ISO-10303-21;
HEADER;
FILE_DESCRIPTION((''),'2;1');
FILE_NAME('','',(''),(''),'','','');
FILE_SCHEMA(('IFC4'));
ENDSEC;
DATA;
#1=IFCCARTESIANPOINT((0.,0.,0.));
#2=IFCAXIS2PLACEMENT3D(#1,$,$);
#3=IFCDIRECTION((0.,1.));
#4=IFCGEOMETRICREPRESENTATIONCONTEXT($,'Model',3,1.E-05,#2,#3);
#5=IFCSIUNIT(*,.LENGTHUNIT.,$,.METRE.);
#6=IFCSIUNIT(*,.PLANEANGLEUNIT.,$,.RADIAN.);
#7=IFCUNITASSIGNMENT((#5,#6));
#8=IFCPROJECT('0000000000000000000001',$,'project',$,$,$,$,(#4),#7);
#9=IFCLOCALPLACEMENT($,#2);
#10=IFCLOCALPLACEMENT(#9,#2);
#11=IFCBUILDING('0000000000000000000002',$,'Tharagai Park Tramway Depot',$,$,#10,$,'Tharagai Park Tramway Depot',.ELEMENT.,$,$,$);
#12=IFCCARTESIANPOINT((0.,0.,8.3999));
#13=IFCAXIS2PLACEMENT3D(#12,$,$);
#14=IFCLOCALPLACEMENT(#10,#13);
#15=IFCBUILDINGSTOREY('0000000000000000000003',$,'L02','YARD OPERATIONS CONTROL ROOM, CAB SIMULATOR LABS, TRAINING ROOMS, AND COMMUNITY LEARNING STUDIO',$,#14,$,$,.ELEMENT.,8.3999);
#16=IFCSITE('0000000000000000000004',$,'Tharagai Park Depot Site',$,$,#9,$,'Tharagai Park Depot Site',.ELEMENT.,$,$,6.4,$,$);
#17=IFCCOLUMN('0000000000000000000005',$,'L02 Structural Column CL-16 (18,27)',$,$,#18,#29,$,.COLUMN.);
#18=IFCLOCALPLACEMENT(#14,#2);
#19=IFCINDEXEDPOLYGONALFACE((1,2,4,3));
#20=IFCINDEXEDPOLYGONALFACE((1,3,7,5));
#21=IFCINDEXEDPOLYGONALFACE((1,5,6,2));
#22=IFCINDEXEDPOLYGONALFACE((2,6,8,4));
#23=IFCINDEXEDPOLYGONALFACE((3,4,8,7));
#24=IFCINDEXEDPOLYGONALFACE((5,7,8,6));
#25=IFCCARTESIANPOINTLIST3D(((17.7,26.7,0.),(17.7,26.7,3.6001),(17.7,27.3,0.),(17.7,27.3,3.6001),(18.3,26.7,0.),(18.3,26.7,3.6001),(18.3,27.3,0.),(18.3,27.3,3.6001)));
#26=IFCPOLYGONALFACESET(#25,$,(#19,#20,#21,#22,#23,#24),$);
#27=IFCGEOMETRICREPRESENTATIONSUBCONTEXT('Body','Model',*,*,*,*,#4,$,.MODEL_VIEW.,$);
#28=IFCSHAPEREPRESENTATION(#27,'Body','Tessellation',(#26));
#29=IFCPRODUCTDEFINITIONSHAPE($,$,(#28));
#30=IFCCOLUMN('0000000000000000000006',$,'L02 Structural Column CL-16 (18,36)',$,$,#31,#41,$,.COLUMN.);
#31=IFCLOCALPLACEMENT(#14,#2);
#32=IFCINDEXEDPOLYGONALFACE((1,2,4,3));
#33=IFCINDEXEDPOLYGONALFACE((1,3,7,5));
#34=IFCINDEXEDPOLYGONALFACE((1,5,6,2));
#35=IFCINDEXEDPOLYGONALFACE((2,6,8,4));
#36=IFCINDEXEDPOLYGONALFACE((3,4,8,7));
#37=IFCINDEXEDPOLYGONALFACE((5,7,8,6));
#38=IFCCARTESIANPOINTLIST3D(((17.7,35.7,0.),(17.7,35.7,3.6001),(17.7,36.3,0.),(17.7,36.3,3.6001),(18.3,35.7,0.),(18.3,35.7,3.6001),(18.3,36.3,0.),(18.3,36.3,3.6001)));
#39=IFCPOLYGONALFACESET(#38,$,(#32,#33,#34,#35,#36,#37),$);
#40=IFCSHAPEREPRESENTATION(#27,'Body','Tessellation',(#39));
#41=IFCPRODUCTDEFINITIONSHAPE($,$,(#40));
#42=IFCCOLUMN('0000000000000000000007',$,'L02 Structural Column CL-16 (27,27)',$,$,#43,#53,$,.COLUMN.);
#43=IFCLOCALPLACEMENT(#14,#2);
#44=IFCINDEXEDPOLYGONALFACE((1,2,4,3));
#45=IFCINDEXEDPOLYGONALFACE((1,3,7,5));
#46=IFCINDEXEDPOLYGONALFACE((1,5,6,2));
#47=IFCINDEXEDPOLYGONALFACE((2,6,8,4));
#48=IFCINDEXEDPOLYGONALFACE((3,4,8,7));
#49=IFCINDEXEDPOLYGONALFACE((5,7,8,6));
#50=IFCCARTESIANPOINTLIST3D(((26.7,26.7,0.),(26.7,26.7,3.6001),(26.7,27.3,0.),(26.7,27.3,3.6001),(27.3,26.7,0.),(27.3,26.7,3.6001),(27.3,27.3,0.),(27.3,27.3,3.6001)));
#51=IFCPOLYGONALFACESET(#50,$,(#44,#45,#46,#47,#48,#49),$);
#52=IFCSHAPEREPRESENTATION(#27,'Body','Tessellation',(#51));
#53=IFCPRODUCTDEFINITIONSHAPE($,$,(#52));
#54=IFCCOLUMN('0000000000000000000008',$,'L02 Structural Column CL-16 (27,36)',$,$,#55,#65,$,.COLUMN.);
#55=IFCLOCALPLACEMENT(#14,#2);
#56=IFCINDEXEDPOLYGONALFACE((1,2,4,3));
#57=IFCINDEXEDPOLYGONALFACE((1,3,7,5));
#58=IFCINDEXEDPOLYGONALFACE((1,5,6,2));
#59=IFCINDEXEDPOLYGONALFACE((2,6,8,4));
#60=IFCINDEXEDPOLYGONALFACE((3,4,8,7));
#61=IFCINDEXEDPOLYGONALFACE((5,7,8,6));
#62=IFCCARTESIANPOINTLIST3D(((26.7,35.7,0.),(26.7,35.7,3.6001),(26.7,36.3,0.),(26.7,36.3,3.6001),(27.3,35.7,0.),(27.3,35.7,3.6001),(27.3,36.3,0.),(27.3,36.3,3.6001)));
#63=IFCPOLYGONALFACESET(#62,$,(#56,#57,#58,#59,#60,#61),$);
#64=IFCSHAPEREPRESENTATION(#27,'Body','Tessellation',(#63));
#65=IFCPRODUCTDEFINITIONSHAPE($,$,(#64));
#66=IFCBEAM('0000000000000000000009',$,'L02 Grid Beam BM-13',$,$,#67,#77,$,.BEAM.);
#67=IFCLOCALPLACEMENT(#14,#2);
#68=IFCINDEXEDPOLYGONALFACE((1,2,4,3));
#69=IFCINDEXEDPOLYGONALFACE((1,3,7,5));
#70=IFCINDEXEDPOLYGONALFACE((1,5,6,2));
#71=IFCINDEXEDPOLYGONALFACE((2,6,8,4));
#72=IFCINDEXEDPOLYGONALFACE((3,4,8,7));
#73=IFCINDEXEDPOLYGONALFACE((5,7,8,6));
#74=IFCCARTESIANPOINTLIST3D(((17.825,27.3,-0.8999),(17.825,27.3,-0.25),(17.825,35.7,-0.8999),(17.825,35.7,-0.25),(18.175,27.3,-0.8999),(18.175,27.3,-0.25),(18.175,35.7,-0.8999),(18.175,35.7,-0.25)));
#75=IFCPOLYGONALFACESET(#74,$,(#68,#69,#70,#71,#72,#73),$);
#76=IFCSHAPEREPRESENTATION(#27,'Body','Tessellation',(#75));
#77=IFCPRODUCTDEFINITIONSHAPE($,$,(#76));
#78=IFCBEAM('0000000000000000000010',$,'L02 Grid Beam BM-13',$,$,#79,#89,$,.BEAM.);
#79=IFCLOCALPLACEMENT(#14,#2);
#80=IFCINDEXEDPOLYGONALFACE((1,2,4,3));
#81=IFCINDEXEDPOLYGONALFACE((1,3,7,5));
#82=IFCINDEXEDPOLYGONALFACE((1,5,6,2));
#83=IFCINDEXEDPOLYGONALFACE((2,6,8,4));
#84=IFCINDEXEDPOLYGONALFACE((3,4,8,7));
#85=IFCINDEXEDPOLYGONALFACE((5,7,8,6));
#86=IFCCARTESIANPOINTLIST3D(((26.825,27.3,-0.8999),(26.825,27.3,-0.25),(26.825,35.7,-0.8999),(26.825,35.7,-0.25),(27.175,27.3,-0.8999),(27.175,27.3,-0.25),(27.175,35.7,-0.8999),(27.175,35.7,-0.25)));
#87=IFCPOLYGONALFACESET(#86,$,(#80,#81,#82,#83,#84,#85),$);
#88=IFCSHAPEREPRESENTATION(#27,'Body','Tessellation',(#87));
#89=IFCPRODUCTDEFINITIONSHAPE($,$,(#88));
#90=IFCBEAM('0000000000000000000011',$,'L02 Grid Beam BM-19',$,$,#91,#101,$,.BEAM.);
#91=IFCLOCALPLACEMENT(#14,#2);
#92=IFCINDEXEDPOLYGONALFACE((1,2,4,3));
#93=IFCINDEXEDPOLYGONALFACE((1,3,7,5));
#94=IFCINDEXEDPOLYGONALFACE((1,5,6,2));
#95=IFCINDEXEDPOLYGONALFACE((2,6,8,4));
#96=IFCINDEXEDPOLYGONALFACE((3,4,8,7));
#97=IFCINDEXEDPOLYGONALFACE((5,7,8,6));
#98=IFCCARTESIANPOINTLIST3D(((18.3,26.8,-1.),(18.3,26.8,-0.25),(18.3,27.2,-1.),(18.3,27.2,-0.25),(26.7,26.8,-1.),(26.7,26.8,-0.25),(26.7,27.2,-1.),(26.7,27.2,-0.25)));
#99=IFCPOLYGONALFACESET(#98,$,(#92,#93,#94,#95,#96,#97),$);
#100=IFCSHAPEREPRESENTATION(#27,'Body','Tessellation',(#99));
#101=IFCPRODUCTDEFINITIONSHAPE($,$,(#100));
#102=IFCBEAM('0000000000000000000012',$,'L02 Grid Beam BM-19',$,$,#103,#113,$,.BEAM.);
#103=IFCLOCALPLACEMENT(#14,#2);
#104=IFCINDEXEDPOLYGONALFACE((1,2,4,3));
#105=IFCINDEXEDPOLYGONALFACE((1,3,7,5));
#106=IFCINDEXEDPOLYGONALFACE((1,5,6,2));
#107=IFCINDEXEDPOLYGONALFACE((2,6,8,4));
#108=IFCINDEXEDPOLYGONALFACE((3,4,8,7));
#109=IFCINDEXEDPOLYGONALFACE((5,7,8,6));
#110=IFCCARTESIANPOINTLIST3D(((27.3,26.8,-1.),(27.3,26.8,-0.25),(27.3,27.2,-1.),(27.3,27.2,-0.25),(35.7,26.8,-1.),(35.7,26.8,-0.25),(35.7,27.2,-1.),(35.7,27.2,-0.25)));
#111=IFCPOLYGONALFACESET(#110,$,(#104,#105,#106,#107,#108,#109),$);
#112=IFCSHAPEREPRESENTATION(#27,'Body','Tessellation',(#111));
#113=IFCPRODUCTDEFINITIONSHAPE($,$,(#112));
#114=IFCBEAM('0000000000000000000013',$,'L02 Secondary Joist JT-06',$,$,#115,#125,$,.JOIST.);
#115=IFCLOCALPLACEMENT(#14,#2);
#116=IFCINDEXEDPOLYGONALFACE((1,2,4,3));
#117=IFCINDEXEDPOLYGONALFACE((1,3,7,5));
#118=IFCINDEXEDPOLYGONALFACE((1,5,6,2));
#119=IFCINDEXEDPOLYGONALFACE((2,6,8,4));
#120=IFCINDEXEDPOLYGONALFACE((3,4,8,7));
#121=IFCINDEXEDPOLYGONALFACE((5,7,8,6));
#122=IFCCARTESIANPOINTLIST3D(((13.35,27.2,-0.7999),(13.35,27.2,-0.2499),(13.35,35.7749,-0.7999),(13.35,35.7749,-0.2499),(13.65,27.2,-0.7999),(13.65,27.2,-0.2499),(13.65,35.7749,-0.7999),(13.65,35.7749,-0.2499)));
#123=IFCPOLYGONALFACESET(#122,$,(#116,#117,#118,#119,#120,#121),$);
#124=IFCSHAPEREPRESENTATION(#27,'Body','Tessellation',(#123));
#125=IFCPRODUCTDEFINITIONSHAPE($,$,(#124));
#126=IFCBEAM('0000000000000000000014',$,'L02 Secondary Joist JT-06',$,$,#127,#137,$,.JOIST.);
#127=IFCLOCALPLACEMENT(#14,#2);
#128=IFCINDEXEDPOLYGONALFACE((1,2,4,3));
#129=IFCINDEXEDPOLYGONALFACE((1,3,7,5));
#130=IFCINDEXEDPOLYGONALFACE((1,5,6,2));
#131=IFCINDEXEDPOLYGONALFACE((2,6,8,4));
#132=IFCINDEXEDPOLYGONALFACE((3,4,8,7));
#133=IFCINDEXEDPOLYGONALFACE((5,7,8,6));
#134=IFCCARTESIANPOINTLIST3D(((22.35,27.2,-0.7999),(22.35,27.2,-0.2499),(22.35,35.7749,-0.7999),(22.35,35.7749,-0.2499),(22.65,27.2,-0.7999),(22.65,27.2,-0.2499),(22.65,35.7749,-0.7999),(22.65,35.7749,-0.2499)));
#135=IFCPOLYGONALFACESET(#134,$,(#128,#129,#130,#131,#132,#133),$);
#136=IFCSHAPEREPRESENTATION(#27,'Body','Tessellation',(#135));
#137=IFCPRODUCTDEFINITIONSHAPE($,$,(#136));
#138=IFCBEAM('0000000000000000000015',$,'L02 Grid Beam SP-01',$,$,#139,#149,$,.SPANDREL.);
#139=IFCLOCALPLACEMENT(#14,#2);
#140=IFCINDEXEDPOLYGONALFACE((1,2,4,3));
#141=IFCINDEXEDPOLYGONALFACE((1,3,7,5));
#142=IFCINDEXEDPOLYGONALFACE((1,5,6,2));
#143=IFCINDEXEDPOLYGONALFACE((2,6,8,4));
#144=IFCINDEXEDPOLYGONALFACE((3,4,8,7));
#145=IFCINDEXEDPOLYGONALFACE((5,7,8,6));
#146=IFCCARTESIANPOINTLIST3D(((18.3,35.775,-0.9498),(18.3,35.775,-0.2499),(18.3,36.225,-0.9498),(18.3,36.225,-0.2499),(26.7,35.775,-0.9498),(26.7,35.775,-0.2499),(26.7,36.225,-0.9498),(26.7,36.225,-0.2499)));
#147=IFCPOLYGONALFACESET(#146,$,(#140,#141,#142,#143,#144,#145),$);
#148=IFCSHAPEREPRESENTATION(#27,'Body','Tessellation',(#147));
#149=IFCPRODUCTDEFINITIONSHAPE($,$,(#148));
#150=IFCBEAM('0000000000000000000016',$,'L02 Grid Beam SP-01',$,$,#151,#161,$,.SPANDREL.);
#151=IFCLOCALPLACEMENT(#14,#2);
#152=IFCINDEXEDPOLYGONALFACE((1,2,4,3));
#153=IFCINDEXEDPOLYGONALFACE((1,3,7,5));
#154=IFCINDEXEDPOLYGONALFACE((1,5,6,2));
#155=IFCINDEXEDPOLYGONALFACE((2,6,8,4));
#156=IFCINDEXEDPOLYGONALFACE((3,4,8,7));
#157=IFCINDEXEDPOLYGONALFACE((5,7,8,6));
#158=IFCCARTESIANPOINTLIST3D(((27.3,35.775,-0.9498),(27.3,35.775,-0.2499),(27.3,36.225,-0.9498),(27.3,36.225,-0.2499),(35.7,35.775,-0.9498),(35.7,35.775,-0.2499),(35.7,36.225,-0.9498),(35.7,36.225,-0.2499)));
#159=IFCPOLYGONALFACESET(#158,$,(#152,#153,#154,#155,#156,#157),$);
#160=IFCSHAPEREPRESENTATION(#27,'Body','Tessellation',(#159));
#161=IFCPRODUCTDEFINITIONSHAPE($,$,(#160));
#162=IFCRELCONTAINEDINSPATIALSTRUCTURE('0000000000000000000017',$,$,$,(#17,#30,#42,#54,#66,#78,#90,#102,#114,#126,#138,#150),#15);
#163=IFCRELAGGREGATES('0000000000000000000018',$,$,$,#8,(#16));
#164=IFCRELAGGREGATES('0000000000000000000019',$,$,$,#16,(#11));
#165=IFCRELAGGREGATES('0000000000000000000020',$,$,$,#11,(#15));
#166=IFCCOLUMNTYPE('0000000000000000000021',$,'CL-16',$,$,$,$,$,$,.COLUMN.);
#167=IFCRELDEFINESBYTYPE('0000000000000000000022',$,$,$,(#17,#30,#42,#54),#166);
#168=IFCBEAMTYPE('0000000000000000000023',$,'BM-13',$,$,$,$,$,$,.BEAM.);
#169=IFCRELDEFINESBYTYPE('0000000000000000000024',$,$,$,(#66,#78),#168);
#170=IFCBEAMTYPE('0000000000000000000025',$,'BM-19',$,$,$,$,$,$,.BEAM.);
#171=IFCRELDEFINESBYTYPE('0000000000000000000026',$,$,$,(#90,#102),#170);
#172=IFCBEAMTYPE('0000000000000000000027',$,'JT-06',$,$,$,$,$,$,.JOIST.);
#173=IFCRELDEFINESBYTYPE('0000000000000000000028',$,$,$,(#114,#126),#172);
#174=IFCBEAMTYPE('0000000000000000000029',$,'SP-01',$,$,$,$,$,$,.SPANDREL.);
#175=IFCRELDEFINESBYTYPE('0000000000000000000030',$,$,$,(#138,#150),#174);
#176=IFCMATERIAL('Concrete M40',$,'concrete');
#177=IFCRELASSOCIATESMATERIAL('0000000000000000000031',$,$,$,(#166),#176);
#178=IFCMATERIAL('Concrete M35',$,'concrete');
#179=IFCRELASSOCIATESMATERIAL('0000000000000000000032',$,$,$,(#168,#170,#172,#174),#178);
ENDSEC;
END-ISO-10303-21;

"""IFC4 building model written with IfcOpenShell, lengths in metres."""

from ifc_helpers import new_model, si_unit, direction, frame, origin, origin_2d, place, context, subcontext, project, spatial, rectangle, extrude, material, material_profile, profile_set, type_object, element, save


model = new_model("IFC4")

# Units and contexts
model_context = context("Model", 3, precision=1e-05, world=origin(), true_north=direction((0.0, 1.0)))
body_context = subcontext(model_context, "Body", "Model", "MODEL_VIEW")
ifc_project = project(units=[si_unit("LENGTHUNIT", "METRE"), si_unit("PLANEANGLEUNIT", "RADIAN")], contexts=[model_context])

# Site, building, storey
site_placement = place(None, origin())
site = spatial("IfcSite", under=ifc_project, at=site_placement, Name="Tharagai Park Depot Site", LongName="Tharagai Park Depot Site", CompositionType="ELEMENT", RefElevation=6.4)
building_placement = place(site_placement, origin())
building = spatial("IfcBuilding", under=site, at=building_placement, Name="Tharagai Park Tramway Depot", LongName="Tharagai Park Tramway Depot", CompositionType="ELEMENT")
storey_placement = place(building_placement, frame((0.0, 0.0, 8.3999)))
storey = spatial("IfcBuildingStorey", under=building, at=storey_placement, Name="L02", Description="YARD OPERATIONS CONTROL ROOM, CAB SIMULATOR LABS, TRAINING ROOMS, AND COMMUNITY LEARNING STUDIO", CompositionType="ELEMENT", Elevation=8.3999)

# Columns
ifc_material_1 = material(Name="Concrete M40", Category="concrete")
ifc_material_profile_1 = material_profile(ifc_material_1, rectangle(XDim=0.6001, YDim=0.6001, at=origin_2d()), Name="RC 600x600")
ifc_profile_set_1 = profile_set([ifc_material_profile_1], Name="Concrete M40")
column_type = type_object("IfcColumnType", Name="CL-16", PredefinedType="COLUMN", material=ifc_profile_set_1)
for number, where, z_axis, x_axis, name in (
    (1, (18.0, 27.0, 0.0), (0.0, 0.0, 1.0), (1.0, 0.0, 0.0), "L02 Structural Column CL-16 (18,27)"),
    (2, (18.0, 36.0, 0.0), (0.0, 0.0, 1.0), (1.0, 0.0, 0.0), "L02 Structural Column CL-16 (18,36)"),
    (3, (27.0, 27.0, 0.0), (0.0, 0.0, 1.0), (1.0, 0.0, 0.0), "L02 Structural Column CL-16 (27,27)"),
    (4, (27.0, 36.0, 0.0), (0.0, 0.0, 1.0), (1.0, 0.0, 0.0), "L02 Structural Column CL-16 (27,36)"),
):
    element("IfcColumn", number, at=place(storey_placement, frame(where, z_axis=z_axis, x_axis=x_axis)), inside=storey, type_object=column_type, Name=name, PredefinedType="COLUMN", context=body_context, shape_type="SweptSolid", body=[
        extrude(rectangle(XDim=0.6001, YDim=0.6001, at=origin_2d()), origin(), (0.0, 0.0, 1.0), 3.6001),
    ])

# Beams
ifc_material_2 = material(Name="Concrete M35", Category="concrete")
ifc_material_profile_2 = material_profile(ifc_material_2, rectangle(XDim=0.3501, YDim=0.6499, at=origin_2d()), Name="RC 350x650")
ifc_profile_set_2 = profile_set([ifc_material_profile_2], Name="Concrete M35")
beam_type_1 = type_object("IfcBeamType", Name="BM-13", PredefinedType="BEAM", material=ifc_profile_set_2)
for number, where, z_axis, x_axis, name in (
    (5, (18.0, 27.3, -0.575), (0.0, 1.0, 0.0), (-1.0, 0.0, 0.0), "L02 Grid Beam BM-13"),
    (6, (27.0, 27.3, -0.575), (0.0, 1.0, 0.0), (-1.0, 0.0, 0.0), "L02 Grid Beam BM-13"),
):
    element("IfcBeam", number, at=place(storey_placement, frame(where, z_axis=z_axis, x_axis=x_axis)), inside=storey, type_object=beam_type_1, Name=name, PredefinedType="BEAM", context=body_context, shape_type="SweptSolid", body=[
        extrude(rectangle(XDim=0.3501, YDim=0.6499, at=origin_2d()), origin(), (0.0, 0.0, 1.0), 8.3999),
    ])
ifc_material_profile_3 = material_profile(ifc_material_2, rectangle(XDim=0.3999, YDim=0.75, at=origin_2d()), Name="RC 400x750")
ifc_profile_set_3 = profile_set([ifc_material_profile_3], Name="Concrete M35")
beam_type_2 = type_object("IfcBeamType", Name="BM-19", PredefinedType="BEAM", material=ifc_profile_set_3)
for number, where, z_axis, x_axis, name in (
    (7, (18.3, 27.0, -0.625), (1.0, 0.0, 0.0), (0.0, 1.0, 0.0), "L02 Grid Beam BM-19"),
    (8, (27.3, 27.0, -0.625), (1.0, 0.0, 0.0), (0.0, 1.0, 0.0), "L02 Grid Beam BM-19"),
):
    element("IfcBeam", number, at=place(storey_placement, frame(where, z_axis=z_axis, x_axis=x_axis)), inside=storey, type_object=beam_type_2, Name=name, PredefinedType="BEAM", context=body_context, shape_type="SweptSolid", body=[
        extrude(rectangle(XDim=0.3999, YDim=0.75, at=origin_2d()), origin(), (0.0, 0.0, 1.0), 8.3999),
    ])
ifc_material_profile_4 = material_profile(ifc_material_2, rectangle(XDim=0.3, YDim=0.55, at=origin_2d()), Name="RC 300x550")
ifc_profile_set_4 = profile_set([ifc_material_profile_4], Name="Concrete M35")
beam_type_3 = type_object("IfcBeamType", Name="JT-06", PredefinedType="JOIST", material=ifc_profile_set_4)
for number, where, z_axis, x_axis, name in (
    (9, (13.5, 27.2, -0.5249), (0.0, 1.0, 0.0), (-1.0, 0.0, 0.0), "L02 Secondary Joist JT-06"),
    (10, (22.5, 27.2, -0.5249), (0.0, 1.0, 0.0), (-1.0, 0.0, 0.0), "L02 Secondary Joist JT-06"),
):
    element("IfcBeam", number, at=place(storey_placement, frame(where, z_axis=z_axis, x_axis=x_axis)), inside=storey, type_object=beam_type_3, Name=name, PredefinedType="JOIST", context=body_context, shape_type="SweptSolid", body=[
        extrude(rectangle(XDim=0.3, YDim=0.55, at=origin_2d()), origin(), (0.0, 0.0, 1.0), 8.575),
    ])
ifc_material_profile_5 = material_profile(ifc_material_2, rectangle(XDim=0.45, YDim=0.7, at=origin_2d()), Name="RC 450x700")
ifc_profile_set_5 = profile_set([ifc_material_profile_5], Name="Concrete M35")
beam_type_4 = type_object("IfcBeamType", Name="SP-01", PredefinedType="SPANDREL", material=ifc_profile_set_5)
for number, where, z_axis, x_axis, name in (
    (11, (18.3, 36.0, -0.5999), (1.0, 0.0, 0.0), (0.0, 1.0, 0.0), "L02 Grid Beam SP-01"),
    (12, (27.3, 36.0, -0.5999), (1.0, 0.0, 0.0), (0.0, 1.0, 0.0), "L02 Grid Beam SP-01"),
):
    element("IfcBeam", number, at=place(storey_placement, frame(where, z_axis=z_axis, x_axis=x_axis)), inside=storey, type_object=beam_type_4, Name=name, PredefinedType="SPANDREL", context=body_context, shape_type="SweptSolid", body=[
        extrude(rectangle(XDim=0.45, YDim=0.7, at=origin_2d()), origin(), (0.0, 0.0, 1.0), 8.3999),
    ])

save(model, "model.ifc")
